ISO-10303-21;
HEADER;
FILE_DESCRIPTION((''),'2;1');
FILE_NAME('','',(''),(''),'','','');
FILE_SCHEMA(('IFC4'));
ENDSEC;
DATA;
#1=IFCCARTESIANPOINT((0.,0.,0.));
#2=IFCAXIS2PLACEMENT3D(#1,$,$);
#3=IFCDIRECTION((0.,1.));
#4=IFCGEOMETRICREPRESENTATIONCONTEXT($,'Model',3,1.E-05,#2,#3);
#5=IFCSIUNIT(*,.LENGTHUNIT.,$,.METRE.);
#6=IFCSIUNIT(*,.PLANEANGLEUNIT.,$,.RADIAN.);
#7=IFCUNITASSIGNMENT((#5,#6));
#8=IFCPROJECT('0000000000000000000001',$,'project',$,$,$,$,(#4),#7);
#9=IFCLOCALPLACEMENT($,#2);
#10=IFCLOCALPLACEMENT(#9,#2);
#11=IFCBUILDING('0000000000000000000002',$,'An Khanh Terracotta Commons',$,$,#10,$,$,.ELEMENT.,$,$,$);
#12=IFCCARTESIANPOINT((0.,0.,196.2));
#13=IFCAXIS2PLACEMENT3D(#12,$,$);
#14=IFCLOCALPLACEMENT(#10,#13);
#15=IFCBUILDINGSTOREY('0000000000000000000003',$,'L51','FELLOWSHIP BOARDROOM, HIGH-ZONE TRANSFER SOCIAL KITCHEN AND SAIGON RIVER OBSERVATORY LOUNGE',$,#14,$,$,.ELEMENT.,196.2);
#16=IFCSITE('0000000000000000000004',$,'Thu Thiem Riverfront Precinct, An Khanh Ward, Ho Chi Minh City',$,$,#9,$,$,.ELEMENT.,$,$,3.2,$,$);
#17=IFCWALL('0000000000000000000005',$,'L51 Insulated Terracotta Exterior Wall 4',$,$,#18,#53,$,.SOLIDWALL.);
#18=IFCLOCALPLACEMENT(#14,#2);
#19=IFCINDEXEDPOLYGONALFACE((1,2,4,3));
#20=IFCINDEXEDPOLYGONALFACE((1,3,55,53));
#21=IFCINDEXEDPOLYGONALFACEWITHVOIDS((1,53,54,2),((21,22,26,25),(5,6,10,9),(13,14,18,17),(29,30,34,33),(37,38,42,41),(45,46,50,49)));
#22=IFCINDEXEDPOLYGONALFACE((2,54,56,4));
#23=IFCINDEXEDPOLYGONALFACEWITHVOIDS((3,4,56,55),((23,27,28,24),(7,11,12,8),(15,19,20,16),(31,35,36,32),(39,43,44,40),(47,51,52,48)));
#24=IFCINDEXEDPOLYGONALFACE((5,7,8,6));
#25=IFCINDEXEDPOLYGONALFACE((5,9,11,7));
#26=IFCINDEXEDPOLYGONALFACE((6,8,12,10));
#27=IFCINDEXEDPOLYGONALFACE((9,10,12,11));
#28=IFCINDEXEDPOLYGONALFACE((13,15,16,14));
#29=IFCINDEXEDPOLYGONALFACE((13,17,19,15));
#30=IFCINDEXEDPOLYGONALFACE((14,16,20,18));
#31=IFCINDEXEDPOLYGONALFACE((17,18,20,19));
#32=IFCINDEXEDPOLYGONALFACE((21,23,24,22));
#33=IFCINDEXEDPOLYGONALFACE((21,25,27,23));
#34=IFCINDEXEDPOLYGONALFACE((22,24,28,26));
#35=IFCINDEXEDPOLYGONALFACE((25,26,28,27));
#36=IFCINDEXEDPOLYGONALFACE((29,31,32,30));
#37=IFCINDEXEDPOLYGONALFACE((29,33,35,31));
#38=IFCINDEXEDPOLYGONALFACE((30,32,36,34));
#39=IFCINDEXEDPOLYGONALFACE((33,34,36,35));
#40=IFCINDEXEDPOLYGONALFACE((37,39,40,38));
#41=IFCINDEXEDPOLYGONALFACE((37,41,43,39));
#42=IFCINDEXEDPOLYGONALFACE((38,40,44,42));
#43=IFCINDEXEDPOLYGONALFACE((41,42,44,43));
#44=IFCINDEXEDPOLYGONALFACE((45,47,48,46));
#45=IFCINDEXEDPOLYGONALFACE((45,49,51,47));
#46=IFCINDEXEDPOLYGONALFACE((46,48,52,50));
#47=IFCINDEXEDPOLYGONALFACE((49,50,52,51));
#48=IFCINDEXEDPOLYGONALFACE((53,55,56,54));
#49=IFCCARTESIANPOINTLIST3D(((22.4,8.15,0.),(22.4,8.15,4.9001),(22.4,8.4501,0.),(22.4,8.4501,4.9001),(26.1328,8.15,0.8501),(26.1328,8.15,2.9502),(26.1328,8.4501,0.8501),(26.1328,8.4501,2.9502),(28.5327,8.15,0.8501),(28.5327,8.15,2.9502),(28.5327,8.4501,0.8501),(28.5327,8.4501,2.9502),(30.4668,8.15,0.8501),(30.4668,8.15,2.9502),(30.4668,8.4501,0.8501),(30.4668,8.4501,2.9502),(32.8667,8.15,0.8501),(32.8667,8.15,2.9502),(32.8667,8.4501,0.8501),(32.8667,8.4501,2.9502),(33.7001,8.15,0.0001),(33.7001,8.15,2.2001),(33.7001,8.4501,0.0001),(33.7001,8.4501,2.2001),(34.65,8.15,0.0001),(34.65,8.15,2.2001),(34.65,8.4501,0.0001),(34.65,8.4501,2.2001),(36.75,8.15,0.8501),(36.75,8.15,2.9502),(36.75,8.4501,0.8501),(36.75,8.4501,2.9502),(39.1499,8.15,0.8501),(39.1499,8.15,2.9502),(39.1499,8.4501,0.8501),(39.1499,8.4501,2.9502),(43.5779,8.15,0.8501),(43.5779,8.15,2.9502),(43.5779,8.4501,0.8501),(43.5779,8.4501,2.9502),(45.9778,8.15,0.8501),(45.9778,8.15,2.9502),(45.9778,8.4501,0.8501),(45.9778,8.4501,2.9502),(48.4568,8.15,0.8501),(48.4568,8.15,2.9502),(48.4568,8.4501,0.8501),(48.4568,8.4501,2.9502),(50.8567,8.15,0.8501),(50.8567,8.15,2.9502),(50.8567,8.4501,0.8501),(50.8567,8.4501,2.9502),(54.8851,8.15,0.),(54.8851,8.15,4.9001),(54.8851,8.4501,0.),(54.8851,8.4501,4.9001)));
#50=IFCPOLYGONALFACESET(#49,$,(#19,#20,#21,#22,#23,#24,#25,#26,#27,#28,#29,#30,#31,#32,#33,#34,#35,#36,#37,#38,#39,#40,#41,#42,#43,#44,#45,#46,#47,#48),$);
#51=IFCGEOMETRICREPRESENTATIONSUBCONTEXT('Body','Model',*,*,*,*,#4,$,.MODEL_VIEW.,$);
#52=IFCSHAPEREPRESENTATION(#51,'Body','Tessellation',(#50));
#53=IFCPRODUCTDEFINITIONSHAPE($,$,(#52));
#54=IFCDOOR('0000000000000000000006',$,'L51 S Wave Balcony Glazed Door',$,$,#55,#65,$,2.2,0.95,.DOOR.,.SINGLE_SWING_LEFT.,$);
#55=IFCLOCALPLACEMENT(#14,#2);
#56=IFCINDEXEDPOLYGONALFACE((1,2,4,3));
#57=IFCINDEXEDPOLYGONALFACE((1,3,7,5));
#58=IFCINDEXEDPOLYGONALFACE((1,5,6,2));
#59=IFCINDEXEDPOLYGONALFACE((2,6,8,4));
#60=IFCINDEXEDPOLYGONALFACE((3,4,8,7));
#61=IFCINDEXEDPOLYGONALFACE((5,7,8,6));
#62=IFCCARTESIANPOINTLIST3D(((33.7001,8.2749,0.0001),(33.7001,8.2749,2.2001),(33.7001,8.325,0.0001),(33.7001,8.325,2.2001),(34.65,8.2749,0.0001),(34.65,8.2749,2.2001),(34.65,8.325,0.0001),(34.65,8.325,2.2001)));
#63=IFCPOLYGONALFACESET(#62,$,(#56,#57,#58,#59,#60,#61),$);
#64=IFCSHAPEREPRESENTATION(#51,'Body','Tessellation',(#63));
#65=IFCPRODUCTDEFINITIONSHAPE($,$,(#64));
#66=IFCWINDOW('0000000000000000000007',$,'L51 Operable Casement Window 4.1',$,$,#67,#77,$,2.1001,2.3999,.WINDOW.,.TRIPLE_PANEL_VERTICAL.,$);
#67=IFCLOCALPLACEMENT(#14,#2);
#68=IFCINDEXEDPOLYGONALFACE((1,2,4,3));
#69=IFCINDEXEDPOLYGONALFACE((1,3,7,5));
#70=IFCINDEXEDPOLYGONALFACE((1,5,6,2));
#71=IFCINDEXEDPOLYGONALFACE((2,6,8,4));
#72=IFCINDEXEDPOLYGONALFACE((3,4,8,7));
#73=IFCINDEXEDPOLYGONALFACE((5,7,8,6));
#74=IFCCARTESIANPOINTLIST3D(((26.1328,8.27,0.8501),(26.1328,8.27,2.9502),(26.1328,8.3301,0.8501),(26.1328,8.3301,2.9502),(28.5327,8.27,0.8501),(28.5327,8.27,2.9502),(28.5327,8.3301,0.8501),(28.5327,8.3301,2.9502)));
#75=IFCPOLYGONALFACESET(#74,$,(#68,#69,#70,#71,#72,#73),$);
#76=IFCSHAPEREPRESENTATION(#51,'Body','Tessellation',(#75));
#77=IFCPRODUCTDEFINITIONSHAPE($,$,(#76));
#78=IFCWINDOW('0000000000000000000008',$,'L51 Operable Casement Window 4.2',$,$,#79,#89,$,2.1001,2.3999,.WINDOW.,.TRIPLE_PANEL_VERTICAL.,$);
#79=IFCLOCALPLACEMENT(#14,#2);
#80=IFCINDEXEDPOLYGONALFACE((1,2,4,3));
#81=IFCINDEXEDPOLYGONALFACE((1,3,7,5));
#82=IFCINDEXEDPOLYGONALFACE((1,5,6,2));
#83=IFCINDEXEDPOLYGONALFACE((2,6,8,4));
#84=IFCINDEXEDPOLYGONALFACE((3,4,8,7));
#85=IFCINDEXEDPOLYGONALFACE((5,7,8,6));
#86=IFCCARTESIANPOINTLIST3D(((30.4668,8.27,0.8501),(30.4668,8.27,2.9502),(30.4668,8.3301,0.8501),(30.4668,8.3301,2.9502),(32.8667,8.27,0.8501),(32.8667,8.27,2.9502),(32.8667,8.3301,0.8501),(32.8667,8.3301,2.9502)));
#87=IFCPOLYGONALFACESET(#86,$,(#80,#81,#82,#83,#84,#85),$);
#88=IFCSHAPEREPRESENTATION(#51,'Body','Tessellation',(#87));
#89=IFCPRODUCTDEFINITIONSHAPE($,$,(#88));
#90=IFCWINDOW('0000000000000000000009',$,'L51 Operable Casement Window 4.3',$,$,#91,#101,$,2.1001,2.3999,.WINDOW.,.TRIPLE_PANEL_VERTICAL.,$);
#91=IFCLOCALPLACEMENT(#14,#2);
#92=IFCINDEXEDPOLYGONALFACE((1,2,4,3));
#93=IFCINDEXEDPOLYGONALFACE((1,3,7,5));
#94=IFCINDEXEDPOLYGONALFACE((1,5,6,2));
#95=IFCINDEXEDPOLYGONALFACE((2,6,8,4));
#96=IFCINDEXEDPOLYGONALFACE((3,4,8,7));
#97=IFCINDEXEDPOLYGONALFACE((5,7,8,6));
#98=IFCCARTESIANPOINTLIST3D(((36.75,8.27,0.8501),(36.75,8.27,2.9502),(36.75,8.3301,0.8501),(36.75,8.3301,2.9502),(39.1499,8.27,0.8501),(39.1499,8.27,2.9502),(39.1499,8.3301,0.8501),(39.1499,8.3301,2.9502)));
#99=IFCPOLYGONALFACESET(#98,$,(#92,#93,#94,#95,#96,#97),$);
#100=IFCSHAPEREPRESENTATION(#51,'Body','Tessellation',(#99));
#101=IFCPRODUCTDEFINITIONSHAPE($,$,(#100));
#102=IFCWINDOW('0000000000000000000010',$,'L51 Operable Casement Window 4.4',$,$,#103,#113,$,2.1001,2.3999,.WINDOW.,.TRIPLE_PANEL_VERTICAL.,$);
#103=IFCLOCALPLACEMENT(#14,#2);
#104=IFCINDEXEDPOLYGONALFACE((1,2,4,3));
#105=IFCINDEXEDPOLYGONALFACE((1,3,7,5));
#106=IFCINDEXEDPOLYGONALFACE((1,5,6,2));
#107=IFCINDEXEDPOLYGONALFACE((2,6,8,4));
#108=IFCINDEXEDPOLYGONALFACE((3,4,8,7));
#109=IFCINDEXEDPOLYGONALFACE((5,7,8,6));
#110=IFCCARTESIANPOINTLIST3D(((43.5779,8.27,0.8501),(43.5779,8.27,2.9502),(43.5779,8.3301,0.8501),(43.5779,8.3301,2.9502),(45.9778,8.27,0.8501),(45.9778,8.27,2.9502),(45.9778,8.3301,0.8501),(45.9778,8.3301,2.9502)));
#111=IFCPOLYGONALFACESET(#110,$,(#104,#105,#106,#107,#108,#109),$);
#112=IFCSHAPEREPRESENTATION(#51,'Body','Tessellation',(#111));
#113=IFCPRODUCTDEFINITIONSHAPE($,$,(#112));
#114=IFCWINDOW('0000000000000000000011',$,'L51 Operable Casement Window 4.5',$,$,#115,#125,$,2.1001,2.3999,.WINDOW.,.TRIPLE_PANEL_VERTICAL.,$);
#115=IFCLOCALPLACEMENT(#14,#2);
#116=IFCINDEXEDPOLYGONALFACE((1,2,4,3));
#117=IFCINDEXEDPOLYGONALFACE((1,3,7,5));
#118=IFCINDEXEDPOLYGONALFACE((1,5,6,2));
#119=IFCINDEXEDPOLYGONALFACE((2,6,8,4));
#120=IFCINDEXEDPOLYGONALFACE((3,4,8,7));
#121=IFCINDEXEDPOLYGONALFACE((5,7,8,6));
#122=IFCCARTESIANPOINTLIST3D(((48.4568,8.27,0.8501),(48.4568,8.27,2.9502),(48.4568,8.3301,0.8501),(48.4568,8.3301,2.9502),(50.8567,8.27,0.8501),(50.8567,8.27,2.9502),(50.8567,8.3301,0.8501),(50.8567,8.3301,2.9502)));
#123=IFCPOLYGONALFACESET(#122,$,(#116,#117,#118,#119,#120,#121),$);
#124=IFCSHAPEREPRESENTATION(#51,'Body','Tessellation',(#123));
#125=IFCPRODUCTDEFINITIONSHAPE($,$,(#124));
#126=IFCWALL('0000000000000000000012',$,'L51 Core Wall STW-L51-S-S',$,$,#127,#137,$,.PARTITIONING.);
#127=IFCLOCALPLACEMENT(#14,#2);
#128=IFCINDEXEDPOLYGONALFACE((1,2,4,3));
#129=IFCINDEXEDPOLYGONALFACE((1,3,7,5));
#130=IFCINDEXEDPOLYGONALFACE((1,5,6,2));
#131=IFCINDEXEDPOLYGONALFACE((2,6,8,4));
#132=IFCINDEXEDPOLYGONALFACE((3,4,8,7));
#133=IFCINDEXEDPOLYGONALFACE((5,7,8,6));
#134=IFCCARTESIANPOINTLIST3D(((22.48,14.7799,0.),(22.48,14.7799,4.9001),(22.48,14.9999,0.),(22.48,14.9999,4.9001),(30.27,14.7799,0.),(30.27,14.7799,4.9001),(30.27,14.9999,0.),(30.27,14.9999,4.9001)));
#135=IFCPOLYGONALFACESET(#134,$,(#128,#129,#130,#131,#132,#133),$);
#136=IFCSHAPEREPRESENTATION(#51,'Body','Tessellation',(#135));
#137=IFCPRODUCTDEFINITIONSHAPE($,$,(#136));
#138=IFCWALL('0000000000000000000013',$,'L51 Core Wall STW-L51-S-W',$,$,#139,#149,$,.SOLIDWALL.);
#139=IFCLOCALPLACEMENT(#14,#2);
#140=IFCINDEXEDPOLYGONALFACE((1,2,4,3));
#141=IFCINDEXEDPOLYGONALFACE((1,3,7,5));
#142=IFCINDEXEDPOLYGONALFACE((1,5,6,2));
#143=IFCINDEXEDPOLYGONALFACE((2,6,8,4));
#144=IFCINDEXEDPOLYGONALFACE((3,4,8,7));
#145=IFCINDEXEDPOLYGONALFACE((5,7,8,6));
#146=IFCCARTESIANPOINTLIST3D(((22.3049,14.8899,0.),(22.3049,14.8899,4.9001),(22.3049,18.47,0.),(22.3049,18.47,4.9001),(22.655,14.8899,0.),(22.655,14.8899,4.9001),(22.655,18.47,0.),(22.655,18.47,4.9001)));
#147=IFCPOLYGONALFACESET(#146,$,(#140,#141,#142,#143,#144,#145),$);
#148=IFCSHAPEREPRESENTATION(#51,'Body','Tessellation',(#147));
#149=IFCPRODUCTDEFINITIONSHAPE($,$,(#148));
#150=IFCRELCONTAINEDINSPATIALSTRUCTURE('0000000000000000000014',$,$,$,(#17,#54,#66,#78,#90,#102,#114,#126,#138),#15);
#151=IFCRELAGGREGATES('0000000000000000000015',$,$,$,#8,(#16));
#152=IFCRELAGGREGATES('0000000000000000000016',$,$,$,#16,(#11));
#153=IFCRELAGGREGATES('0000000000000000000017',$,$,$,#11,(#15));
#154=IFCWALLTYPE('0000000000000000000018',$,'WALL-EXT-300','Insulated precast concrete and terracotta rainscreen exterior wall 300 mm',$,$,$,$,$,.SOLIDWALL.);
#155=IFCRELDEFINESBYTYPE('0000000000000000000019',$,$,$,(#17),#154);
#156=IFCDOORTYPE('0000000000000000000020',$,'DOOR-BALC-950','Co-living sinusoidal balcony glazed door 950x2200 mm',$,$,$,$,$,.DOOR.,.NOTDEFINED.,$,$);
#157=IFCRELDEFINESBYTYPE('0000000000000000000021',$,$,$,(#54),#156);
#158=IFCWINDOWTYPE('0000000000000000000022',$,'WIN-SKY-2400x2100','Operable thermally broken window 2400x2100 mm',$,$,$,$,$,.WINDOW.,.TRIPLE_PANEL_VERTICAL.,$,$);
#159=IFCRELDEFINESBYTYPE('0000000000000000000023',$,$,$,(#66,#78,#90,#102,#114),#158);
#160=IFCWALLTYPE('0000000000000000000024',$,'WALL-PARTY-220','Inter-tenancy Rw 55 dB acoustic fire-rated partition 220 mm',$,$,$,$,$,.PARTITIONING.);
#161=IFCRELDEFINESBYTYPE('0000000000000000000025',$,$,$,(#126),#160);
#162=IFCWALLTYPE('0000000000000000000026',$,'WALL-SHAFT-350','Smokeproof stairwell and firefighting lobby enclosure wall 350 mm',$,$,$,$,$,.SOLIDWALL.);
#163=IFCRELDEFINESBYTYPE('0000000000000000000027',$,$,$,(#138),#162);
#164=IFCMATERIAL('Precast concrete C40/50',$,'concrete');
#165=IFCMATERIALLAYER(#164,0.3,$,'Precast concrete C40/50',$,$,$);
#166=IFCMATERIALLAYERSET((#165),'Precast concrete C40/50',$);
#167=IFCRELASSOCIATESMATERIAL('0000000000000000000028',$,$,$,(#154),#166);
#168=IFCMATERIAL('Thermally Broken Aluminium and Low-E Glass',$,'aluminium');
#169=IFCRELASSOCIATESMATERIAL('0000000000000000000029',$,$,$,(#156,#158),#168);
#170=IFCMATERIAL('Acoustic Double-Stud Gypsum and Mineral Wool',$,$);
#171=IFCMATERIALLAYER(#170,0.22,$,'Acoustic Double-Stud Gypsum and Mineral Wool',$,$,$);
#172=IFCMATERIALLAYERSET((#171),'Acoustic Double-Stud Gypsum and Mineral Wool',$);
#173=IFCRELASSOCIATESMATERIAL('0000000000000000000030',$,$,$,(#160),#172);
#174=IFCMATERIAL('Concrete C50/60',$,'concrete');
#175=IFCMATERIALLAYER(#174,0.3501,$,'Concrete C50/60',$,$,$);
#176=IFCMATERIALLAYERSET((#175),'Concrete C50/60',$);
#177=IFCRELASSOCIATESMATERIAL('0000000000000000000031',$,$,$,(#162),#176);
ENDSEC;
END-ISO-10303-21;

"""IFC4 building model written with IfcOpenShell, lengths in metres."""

from ifc_helpers import new_model, si_unit, direction, frame, frame_2d, origin, place, context, subcontext, project, spatial, rectangle, extrude, material, layer, layer_set, type_object, element, fill, save


model = new_model("IFC4")

# Units and contexts
model_context = context("Model", 3, precision=1e-05, world=origin(), true_north=direction((0.0, 1.0)))
body_context = subcontext(model_context, "Body", "Model", "MODEL_VIEW")
ifc_project = project(units=[si_unit("LENGTHUNIT", "METRE"), si_unit("PLANEANGLEUNIT", "RADIAN")], contexts=[model_context])

# Site, building, storey
site_placement = place(None, origin())
site = spatial("IfcSite", under=ifc_project, at=site_placement, Name="Thu Thiem Riverfront Precinct, An Khanh Ward, Ho Chi Minh City", CompositionType="ELEMENT", RefElevation=3.2)
building_placement = place(site_placement, origin())
building = spatial("IfcBuilding", under=site, at=building_placement, Name="An Khanh Terracotta Commons", CompositionType="ELEMENT")
storey_placement = place(building_placement, frame((0.0, 0.0, 196.2)))
storey = spatial("IfcBuildingStorey", under=building, at=storey_placement, Name="L51", Description="FELLOWSHIP BOARDROOM, HIGH-ZONE TRANSFER SOCIAL KITCHEN AND SAIGON RIVER OBSERVATORY LOUNGE", CompositionType="ELEMENT", Elevation=196.2)

# Shared definitions
ifc_material_1 = material(Name="Concrete C50/60", Category="concrete")
ifc_material_2 = material(Name="Precast concrete C40/50", Category="concrete")
ifc_layer_1 = layer(ifc_material_2, 0.3, Name="Precast concrete C40/50")
ifc_layer_set_1 = layer_set([ifc_layer_1], Name="Precast concrete C40/50")
wall_type_1 = type_object("IfcWallType", Name="WALL-EXT-300", Description="Insulated precast concrete and terracotta rainscreen exterior wall 300 mm", PredefinedType="SOLIDWALL", material=ifc_layer_set_1)

# Wall, openings, door, windows
wall_1_placement = place(storey_placement, frame((22.3999, 8.3, 0.0), z_axis=(0.0, 0.0, 1.0), x_axis=(1.0, 0.0, 0.0)))
wall_1 = element("IfcWall", 1, at=wall_1_placement, inside=storey, type_object=wall_type_1, Name="L51 Insulated Terracotta Exterior Wall 4", PredefinedType="SOLIDWALL", context=body_context, shape_type="SweptSolid", body=[
    extrude(rectangle(XDim=32.4851, YDim=0.3, at=frame_2d((16.2427, 0.0))), origin(), (0.0, 0.0, 1.0), 4.9001),
])
opening_1_placement = place(wall_1_placement, frame((11.3, 0.0, 0.0)))
opening_1 = element("IfcOpeningElement", 2, at=opening_1_placement, cuts=wall_1, PredefinedType="OPENING", context=body_context, shape_type="SweptSolid", body=[
    extrude(rectangle(XDim=0.95, YDim=2.2, at=frame_2d((0.4751, 1.1001))), frame((0.0, 0.1599, 0.0), z_axis=(0.0, -1.0, 0.0), x_axis=(1.0, 0.0, 0.0)), (0.0, 0.0, 1.0), 0.3201),
])
opening_2_placement = place(wall_1_placement, frame((3.7329, 0.0, 0.8501)))
opening_2 = element("IfcOpeningElement", 3, at=opening_2_placement, cuts=wall_1, PredefinedType="OPENING", context=body_context, shape_type="SweptSolid", body=[
    extrude(rectangle(XDim=2.3999, YDim=2.1001, at=frame_2d((1.2, 1.05))), frame((0.0, 0.1599, 0.0), z_axis=(0.0, -1.0, 0.0), x_axis=(1.0, 0.0, 0.0)), (0.0, 0.0, 1.0), 0.3201),
])
opening_3_placement = place(wall_1_placement, frame((8.0669, 0.0, 0.8501)))
opening_3 = element("IfcOpeningElement", 4, at=opening_3_placement, cuts=wall_1, PredefinedType="OPENING", context=body_context, shape_type="SweptSolid", body=[
    extrude(rectangle(XDim=2.3999, YDim=2.1001, at=frame_2d((1.2, 1.05))), frame((0.0, 0.1599, 0.0), z_axis=(0.0, -1.0, 0.0), x_axis=(1.0, 0.0, 0.0)), (0.0, 0.0, 1.0), 0.3201),
])
opening_4_placement = place(wall_1_placement, frame((14.3501, 0.0, 0.8501)))
opening_4 = element("IfcOpeningElement", 5, at=opening_4_placement, cuts=wall_1, PredefinedType="OPENING", context=body_context, shape_type="SweptSolid", body=[
    extrude(rectangle(XDim=2.3999, YDim=2.1001, at=frame_2d((1.2, 1.05))), frame((0.0, 0.1599, 0.0), z_axis=(0.0, -1.0, 0.0), x_axis=(1.0, 0.0, 0.0)), (0.0, 0.0, 1.0), 0.3201),
])
opening_5_placement = place(wall_1_placement, frame((21.178, 0.0, 0.8501)))
opening_5 = element("IfcOpeningElement", 6, at=opening_5_placement, cuts=wall_1, PredefinedType="OPENING", context=body_context, shape_type="SweptSolid", body=[
    extrude(rectangle(XDim=2.3999, YDim=2.1001, at=frame_2d((1.2, 1.05))), frame((0.0, 0.1599, 0.0), z_axis=(0.0, -1.0, 0.0), x_axis=(1.0, 0.0, 0.0)), (0.0, 0.0, 1.0), 0.3201),
])
opening_6_placement = place(wall_1_placement, frame((26.0569, 0.0, 0.8501)))
opening_6 = element("IfcOpeningElement", 7, at=opening_6_placement, cuts=wall_1, PredefinedType="OPENING", context=body_context, shape_type="SweptSolid", body=[
    extrude(rectangle(XDim=2.3999, YDim=2.1001, at=frame_2d((1.2, 1.05))), frame((0.0, 0.1599, 0.0), z_axis=(0.0, -1.0, 0.0), x_axis=(1.0, 0.0, 0.0)), (0.0, 0.0, 1.0), 0.3201),
])
ifc_material_3 = material(Name="Thermally Broken Aluminium and Low-E Glass", Category="aluminium")
door_type = type_object("IfcDoorType", Name="DOOR-BALC-950", Description="Co-living sinusoidal balcony glazed door 950x2200 mm", OperationType="NOTDEFINED", PredefinedType="DOOR", material=ifc_material_3)
door_placement = place(opening_1_placement, origin())
door = element("IfcDoor", 8, at=door_placement, inside=storey, type_object=door_type, Name="L51 S Wave Balcony Glazed Door", OperationType="SINGLE_SWING_LEFT", OverallHeight=2.2, OverallWidth=0.95, PredefinedType="DOOR", context=body_context, shape_type="SweptSolid", body=[
    extrude(rectangle(XDim=0.95, YDim=2.2, at=frame_2d((0.4751, 1.1001))), frame((0.0, 0.0249, 0.0), z_axis=(0.0, -1.0, 0.0), x_axis=(1.0, 0.0, 0.0)), (0.0, 0.0, 1.0), 0.05),
])
fill(opening_1, door)
window_type = type_object("IfcWindowType", Name="WIN-SKY-2400x2100", Description="Operable thermally broken window 2400x2100 mm", PartitioningType="TRIPLE_PANEL_VERTICAL", PredefinedType="WINDOW", material=ifc_material_3)
window_1_placement = place(opening_2_placement, origin())
window_1 = element("IfcWindow", 9, at=window_1_placement, inside=storey, type_object=window_type, Name="L51 Operable Casement Window 4.1", OverallHeight=2.1001, OverallWidth=2.3999, PartitioningType="TRIPLE_PANEL_VERTICAL", PredefinedType="WINDOW", context=body_context, shape_type="SweptSolid", body=[
    extrude(rectangle(XDim=2.3999, YDim=2.1001, at=frame_2d((1.2, 1.05))), frame((0.0, 0.03, 0.0), z_axis=(0.0, -1.0, 0.0), x_axis=(1.0, 0.0, 0.0)), (0.0, 0.0, 1.0), 0.0601),
])
fill(opening_2, window_1)
window_2_placement = place(opening_3_placement, origin())
window_2 = element("IfcWindow", 10, at=window_2_placement, inside=storey, type_object=window_type, Name="L51 Operable Casement Window 4.2", OverallHeight=2.1001, OverallWidth=2.3999, PartitioningType="TRIPLE_PANEL_VERTICAL", PredefinedType="WINDOW", context=body_context, shape_type="SweptSolid", body=[
    extrude(rectangle(XDim=2.3999, YDim=2.1001, at=frame_2d((1.2, 1.05))), frame((0.0, 0.03, 0.0), z_axis=(0.0, -1.0, 0.0), x_axis=(1.0, 0.0, 0.0)), (0.0, 0.0, 1.0), 0.0601),
])
fill(opening_3, window_2)
window_3_placement = place(opening_4_placement, origin())
window_3 = element("IfcWindow", 11, at=window_3_placement, inside=storey, type_object=window_type, Name="L51 Operable Casement Window 4.3", OverallHeight=2.1001, OverallWidth=2.3999, PartitioningType="TRIPLE_PANEL_VERTICAL", PredefinedType="WINDOW", context=body_context, shape_type="SweptSolid", body=[
    extrude(rectangle(XDim=2.3999, YDim=2.1001, at=frame_2d((1.2, 1.05))), frame((0.0, 0.03, 0.0), z_axis=(0.0, -1.0, 0.0), x_axis=(1.0, 0.0, 0.0)), (0.0, 0.0, 1.0), 0.0601),
])
fill(opening_4, window_3)
window_4_placement = place(opening_5_placement, origin())
window_4 = element("IfcWindow", 12, at=window_4_placement, inside=storey, type_object=window_type, Name="L51 Operable Casement Window 4.4", OverallHeight=2.1001, OverallWidth=2.3999, PartitioningType="TRIPLE_PANEL_VERTICAL", PredefinedType="WINDOW", context=body_context, shape_type="SweptSolid", body=[
    extrude(rectangle(XDim=2.3999, YDim=2.1001, at=frame_2d((1.2, 1.05))), frame((0.0, 0.03, 0.0), z_axis=(0.0, -1.0, 0.0), x_axis=(1.0, 0.0, 0.0)), (0.0, 0.0, 1.0), 0.0601),
])
fill(opening_5, window_4)
window_5_placement = place(opening_6_placement, origin())
window_5 = element("IfcWindow", 13, at=window_5_placement, inside=storey, type_object=window_type, Name="L51 Operable Casement Window 4.5", OverallHeight=2.1001, OverallWidth=2.3999, PartitioningType="TRIPLE_PANEL_VERTICAL", PredefinedType="WINDOW", context=body_context, shape_type="SweptSolid", body=[
    extrude(rectangle(XDim=2.3999, YDim=2.1001, at=frame_2d((1.2, 1.05))), frame((0.0, 0.03, 0.0), z_axis=(0.0, -1.0, 0.0), x_axis=(1.0, 0.0, 0.0)), (0.0, 0.0, 1.0), 0.0601),
])
fill(opening_6, window_5)

# Walls
ifc_material_4 = material(Name="Acoustic Double-Stud Gypsum and Mineral Wool")
ifc_layer_2 = layer(ifc_material_4, 0.22, Name="Acoustic Double-Stud Gypsum and Mineral Wool")
ifc_layer_set_2 = layer_set([ifc_layer_2], Name="Acoustic Double-Stud Gypsum and Mineral Wool")
wall_type_2 = type_object("IfcWallType", Name="WALL-PARTY-220", Description="Inter-tenancy Rw 55 dB acoustic fire-rated partition 220 mm", PredefinedType="PARTITIONING", material=ifc_layer_set_2)
wall_2_placement = place(storey_placement, frame((22.48, 14.8899, 0.0), z_axis=(0.0, 0.0, 1.0), x_axis=(1.0, 0.0, 0.0)))
element("IfcWall", 14, at=wall_2_placement, inside=storey, type_object=wall_type_2, Name="L51 Core Wall STW-L51-S-S", PredefinedType="PARTITIONING", context=body_context, shape_type="SweptSolid", body=[
    extrude(rectangle(XDim=7.79, YDim=0.22, at=frame_2d((3.895, 0.0))), origin(), (0.0, 0.0, 1.0), 4.9001),
])
ifc_layer_3 = layer(ifc_material_1, 0.3501, Name="Concrete C50/60")
ifc_layer_set_3 = layer_set([ifc_layer_3], Name="Concrete C50/60")
wall_type_3 = type_object("IfcWallType", Name="WALL-SHAFT-350", Description="Smokeproof stairwell and firefighting lobby enclosure wall 350 mm", PredefinedType="SOLIDWALL", material=ifc_layer_set_3)
wall_3_placement = place(storey_placement, frame((22.48, 14.8899, 0.0), z_axis=(0.0, 0.0, 1.0), x_axis=(0.0, 1.0, 0.0)))
element("IfcWall", 15, at=wall_3_placement, inside=storey, type_object=wall_type_3, Name="L51 Core Wall STW-L51-S-W", PredefinedType="SOLIDWALL", context=body_context, shape_type="SweptSolid", body=[
    extrude(rectangle(XDim=3.5801, YDim=0.3501, at=frame_2d((1.79, 0.0))), origin(), (0.0, 0.0, 1.0), 4.9001),
])

save(model, "model.ifc")
